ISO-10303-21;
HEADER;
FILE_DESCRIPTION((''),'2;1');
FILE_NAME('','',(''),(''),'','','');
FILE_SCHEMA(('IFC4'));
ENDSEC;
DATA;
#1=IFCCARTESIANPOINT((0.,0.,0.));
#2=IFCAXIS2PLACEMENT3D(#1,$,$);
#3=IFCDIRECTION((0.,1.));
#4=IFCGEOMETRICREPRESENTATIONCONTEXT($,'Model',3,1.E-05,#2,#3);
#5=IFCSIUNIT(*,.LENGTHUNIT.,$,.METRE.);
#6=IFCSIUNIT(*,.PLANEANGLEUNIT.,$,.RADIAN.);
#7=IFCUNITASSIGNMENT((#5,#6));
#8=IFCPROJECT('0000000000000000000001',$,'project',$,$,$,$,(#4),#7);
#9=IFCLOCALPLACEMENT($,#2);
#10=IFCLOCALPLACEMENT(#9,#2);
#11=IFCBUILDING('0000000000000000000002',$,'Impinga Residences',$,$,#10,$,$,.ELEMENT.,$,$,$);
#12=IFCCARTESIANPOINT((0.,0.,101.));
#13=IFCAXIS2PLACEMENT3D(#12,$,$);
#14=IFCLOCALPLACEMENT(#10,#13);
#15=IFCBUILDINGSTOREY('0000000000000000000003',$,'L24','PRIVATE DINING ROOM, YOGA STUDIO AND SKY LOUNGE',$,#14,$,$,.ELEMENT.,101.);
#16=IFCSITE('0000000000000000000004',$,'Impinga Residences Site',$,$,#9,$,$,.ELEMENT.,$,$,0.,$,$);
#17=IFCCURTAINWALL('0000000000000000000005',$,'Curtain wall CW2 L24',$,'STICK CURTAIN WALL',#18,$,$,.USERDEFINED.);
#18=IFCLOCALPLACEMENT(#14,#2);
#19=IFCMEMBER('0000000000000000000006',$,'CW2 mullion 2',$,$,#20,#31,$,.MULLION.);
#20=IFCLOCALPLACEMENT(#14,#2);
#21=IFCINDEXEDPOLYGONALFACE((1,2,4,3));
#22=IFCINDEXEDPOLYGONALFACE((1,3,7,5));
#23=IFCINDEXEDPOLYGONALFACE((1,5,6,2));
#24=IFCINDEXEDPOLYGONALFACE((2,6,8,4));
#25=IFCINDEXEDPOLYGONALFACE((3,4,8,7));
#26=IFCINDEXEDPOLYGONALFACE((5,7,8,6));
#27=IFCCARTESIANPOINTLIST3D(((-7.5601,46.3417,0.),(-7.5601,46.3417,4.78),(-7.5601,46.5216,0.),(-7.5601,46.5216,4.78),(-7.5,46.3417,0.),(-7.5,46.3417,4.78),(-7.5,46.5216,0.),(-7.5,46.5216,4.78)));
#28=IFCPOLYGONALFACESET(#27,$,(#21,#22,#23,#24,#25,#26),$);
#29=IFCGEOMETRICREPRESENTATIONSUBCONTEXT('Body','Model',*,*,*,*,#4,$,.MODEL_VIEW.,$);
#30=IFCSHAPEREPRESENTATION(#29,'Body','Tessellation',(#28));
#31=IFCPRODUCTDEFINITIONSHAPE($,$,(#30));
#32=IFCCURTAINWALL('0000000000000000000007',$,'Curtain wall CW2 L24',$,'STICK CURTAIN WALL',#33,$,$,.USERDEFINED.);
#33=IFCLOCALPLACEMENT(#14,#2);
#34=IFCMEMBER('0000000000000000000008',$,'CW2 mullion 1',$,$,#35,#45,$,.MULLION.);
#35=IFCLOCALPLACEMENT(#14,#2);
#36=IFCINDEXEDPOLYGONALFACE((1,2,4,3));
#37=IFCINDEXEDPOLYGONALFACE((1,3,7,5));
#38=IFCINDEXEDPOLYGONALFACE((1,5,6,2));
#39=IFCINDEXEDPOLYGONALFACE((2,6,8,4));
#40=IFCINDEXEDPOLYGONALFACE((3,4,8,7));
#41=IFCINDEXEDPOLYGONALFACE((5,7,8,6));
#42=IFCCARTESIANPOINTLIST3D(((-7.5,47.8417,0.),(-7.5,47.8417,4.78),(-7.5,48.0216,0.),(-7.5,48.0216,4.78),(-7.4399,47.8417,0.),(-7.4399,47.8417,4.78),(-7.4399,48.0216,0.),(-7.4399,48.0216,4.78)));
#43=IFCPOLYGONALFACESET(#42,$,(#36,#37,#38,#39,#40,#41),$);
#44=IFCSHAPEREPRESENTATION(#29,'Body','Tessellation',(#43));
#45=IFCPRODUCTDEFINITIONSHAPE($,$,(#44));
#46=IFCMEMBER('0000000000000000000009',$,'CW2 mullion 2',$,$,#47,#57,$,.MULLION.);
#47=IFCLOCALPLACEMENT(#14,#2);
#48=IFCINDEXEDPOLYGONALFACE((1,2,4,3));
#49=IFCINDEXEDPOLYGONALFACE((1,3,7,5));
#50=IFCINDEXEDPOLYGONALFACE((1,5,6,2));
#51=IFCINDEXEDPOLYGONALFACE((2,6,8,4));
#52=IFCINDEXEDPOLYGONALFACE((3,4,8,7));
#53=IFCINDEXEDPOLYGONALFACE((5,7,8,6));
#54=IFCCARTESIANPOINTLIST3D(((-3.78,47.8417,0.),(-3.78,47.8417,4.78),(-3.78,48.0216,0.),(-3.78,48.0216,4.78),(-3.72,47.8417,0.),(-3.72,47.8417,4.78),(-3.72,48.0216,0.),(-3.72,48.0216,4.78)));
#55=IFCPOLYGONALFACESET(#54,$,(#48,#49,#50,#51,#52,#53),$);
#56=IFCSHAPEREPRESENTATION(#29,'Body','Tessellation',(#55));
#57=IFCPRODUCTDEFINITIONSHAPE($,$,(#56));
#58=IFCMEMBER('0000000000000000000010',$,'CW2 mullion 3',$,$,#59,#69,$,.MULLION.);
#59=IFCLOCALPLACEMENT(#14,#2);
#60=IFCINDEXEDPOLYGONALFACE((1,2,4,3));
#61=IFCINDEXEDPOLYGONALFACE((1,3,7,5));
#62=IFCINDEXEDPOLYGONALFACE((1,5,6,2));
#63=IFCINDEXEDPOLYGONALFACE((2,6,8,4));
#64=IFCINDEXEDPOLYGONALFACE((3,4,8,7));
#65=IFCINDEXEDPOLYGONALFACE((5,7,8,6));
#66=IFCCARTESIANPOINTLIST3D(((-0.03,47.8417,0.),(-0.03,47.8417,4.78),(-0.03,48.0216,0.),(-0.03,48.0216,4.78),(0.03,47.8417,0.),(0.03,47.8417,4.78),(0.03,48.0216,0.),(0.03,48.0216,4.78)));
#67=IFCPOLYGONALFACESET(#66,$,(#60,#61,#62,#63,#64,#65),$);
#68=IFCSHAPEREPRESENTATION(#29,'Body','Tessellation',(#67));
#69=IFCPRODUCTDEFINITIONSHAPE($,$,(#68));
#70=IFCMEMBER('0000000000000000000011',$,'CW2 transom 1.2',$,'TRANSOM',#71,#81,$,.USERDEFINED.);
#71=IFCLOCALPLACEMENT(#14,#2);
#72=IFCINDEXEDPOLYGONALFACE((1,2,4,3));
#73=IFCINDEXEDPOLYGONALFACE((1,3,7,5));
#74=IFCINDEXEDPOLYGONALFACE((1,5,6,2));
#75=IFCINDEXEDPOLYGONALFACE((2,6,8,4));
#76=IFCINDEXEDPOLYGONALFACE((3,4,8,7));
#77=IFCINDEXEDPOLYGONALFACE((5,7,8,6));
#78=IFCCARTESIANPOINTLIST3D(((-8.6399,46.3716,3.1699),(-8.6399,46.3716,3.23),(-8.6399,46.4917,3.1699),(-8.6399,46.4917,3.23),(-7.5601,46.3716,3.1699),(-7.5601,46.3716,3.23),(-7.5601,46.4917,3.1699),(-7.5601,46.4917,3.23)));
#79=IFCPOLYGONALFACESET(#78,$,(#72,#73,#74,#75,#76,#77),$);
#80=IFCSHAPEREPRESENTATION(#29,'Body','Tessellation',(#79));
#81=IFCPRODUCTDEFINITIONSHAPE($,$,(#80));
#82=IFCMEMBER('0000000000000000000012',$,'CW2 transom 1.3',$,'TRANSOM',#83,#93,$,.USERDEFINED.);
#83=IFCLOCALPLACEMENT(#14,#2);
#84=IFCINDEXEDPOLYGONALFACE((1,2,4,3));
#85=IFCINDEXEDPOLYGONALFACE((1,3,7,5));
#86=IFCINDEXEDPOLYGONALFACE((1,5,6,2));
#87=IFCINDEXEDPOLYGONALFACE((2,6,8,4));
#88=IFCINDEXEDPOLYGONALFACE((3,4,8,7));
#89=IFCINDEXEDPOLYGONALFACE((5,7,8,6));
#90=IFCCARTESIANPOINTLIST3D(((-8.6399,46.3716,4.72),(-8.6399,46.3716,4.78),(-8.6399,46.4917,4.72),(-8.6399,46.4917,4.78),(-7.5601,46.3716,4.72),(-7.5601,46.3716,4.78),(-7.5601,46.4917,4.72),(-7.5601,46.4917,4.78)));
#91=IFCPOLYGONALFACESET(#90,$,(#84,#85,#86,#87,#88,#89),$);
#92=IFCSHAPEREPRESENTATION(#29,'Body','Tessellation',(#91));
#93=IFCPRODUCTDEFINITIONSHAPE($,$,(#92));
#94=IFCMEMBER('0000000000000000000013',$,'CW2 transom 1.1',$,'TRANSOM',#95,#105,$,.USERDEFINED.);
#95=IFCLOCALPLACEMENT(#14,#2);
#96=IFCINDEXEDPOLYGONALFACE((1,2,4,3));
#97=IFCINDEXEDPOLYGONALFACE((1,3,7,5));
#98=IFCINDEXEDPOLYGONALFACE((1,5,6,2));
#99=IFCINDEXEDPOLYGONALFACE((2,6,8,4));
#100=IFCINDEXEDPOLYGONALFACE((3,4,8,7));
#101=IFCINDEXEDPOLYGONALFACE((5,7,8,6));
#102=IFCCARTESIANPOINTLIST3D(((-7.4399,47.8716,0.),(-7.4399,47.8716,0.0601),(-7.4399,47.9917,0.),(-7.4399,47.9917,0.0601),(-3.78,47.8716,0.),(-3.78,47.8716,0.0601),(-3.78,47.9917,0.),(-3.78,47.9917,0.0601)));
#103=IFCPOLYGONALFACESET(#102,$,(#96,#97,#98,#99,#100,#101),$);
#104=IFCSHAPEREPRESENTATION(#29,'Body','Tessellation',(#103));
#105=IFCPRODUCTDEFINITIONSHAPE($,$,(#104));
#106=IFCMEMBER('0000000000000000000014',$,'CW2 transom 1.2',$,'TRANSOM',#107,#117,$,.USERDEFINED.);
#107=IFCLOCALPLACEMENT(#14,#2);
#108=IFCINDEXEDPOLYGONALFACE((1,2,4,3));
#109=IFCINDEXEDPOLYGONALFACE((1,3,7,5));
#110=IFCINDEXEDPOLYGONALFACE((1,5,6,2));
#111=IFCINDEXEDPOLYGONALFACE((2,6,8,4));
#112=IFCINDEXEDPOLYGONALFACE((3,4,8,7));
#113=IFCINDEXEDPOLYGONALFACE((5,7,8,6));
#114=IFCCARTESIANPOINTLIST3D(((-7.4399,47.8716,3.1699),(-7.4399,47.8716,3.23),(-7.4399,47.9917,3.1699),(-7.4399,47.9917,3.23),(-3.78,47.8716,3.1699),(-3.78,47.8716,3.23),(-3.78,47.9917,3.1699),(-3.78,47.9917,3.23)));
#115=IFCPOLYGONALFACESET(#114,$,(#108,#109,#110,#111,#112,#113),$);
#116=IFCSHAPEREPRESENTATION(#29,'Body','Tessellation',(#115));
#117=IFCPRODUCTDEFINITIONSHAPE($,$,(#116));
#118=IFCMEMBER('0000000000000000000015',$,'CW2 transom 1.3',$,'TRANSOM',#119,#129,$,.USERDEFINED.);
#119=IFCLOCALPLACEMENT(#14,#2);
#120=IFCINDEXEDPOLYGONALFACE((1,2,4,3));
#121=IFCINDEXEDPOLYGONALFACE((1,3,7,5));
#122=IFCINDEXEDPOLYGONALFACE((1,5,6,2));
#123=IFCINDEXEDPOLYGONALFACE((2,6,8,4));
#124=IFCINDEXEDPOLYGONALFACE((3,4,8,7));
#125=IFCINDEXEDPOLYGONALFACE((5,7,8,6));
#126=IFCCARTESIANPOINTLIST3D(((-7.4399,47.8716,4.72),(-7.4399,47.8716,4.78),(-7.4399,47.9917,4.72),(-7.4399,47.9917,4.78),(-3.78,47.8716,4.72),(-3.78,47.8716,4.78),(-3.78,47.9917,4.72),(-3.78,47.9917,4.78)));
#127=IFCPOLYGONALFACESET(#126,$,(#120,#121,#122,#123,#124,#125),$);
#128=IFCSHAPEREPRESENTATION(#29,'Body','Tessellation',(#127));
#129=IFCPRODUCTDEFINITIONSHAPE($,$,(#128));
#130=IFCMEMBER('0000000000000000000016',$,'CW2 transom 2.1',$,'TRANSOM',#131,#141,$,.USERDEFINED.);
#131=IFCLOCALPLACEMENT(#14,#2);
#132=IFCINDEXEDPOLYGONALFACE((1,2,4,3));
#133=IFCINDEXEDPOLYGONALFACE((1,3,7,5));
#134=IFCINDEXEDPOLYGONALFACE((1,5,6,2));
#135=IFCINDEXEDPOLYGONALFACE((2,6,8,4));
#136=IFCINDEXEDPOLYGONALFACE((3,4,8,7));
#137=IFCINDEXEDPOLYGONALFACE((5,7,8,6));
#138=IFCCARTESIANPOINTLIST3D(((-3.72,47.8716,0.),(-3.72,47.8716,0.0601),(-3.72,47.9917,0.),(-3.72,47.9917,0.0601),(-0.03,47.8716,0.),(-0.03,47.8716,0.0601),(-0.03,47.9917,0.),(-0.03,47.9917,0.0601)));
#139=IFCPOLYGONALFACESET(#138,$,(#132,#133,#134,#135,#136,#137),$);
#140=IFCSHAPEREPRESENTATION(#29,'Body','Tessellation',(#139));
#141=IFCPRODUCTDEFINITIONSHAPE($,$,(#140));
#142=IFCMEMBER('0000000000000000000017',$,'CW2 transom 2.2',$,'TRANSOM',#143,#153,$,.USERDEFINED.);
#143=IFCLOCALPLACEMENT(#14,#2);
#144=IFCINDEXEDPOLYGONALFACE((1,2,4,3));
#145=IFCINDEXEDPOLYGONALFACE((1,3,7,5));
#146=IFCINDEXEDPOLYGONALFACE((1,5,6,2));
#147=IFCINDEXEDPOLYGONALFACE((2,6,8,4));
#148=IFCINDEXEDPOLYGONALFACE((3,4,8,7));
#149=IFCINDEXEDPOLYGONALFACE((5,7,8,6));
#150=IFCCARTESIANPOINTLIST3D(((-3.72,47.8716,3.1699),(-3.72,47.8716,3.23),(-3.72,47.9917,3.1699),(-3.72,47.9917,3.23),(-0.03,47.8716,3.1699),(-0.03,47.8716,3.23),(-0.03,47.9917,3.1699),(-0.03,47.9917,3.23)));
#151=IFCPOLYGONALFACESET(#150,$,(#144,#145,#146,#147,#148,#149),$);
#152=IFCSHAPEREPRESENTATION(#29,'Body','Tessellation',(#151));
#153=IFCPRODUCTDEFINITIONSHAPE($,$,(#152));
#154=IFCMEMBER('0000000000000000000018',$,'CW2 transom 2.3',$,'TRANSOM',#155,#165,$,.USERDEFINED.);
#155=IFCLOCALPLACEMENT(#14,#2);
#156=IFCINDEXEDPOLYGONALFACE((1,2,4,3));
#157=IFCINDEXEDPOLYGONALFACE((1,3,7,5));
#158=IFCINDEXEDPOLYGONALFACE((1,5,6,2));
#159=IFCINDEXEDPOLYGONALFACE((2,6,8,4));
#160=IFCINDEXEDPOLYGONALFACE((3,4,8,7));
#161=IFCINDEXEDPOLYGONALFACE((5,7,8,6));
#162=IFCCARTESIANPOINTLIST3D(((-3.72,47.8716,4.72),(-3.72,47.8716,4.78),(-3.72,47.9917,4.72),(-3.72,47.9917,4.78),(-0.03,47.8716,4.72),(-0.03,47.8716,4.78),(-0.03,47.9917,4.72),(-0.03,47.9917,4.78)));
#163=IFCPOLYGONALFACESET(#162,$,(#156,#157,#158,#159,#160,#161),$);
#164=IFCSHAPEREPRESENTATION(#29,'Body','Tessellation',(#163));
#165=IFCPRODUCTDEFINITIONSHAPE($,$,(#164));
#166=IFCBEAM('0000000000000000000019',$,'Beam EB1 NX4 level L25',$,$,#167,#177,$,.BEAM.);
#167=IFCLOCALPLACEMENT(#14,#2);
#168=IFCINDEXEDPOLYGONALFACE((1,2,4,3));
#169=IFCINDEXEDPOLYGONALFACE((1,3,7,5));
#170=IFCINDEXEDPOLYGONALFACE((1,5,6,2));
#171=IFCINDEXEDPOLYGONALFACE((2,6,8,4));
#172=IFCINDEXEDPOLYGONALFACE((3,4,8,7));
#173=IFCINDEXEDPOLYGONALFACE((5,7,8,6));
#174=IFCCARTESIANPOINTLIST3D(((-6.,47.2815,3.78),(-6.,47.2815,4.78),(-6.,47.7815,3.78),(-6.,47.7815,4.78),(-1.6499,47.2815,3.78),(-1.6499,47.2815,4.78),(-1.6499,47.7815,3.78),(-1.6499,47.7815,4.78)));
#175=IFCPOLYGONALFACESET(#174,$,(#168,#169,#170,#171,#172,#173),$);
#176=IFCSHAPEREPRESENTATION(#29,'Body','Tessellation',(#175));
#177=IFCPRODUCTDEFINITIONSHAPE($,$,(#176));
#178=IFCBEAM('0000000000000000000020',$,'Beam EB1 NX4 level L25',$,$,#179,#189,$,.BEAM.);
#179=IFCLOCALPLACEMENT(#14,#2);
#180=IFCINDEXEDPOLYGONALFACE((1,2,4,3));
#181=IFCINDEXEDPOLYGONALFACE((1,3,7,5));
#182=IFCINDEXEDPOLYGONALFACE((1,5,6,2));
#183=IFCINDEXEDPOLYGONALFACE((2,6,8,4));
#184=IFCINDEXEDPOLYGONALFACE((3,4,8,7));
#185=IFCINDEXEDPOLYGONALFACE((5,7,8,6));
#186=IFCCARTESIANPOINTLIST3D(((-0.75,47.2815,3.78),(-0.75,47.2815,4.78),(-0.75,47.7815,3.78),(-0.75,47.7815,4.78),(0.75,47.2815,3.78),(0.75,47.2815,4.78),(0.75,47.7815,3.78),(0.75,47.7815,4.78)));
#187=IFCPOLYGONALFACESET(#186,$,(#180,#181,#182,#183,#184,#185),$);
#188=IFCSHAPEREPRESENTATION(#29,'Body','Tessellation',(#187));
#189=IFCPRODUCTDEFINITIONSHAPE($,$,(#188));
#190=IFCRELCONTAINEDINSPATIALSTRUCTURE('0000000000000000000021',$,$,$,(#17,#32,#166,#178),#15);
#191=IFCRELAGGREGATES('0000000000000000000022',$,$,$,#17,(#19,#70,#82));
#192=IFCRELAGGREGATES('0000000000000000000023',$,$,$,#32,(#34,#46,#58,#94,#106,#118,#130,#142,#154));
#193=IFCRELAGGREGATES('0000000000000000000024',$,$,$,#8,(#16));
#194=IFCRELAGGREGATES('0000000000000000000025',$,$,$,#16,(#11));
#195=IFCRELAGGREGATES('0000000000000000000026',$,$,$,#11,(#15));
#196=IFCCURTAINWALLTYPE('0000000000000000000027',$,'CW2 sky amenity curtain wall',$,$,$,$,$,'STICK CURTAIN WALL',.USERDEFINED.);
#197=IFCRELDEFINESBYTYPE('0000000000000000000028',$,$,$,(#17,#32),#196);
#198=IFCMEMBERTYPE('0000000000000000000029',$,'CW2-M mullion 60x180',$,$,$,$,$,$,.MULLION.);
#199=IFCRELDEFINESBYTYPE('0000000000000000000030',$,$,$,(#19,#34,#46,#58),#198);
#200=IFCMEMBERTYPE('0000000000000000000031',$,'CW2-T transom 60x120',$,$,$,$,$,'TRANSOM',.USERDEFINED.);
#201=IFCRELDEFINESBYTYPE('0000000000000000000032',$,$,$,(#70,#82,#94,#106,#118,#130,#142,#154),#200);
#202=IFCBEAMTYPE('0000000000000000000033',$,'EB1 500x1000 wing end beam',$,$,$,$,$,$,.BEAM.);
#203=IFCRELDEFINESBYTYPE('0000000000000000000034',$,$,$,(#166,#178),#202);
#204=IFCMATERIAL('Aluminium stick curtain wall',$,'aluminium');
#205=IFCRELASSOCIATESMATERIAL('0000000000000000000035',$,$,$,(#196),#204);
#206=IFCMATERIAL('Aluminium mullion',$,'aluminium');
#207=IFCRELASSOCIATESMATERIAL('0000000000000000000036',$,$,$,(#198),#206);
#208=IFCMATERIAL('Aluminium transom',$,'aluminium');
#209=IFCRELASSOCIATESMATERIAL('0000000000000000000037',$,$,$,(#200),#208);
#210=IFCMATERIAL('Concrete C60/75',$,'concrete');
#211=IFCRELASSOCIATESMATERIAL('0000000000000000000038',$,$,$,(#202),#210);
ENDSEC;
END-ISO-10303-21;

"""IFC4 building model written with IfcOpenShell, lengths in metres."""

from ifc_helpers import new_model, si_unit, direction, frame, origin, origin_2d, place, context, subcontext, project, spatial, rectangle, extrude, material, material_profile, profile_set, type_object, element, aggregate, save


model = new_model("IFC4")

# Units and contexts
model_context = context("Model", 3, precision=1e-05, world=origin(), true_north=direction((0.0, 1.0)))
body_context = subcontext(model_context, "Body", "Model", "MODEL_VIEW")
ifc_project = project(units=[si_unit("LENGTHUNIT", "METRE"), si_unit("PLANEANGLEUNIT", "RADIAN")], contexts=[model_context])

# Site, building, storey
site_placement = place(None, origin())
site = spatial("IfcSite", under=ifc_project, at=site_placement, Name="Impinga Residences Site", CompositionType="ELEMENT", RefElevation=0.0)
building_placement = place(site_placement, origin())
building = spatial("IfcBuilding", under=site, at=building_placement, Name="Impinga Residences", CompositionType="ELEMENT")
storey_placement = place(building_placement, frame((0.0, 0.0, 101.0)))
storey = spatial("IfcBuildingStorey", under=building, at=storey_placement, Name="L24", Description="PRIVATE DINING ROOM, YOGA STUDIO AND SKY LOUNGE", CompositionType="ELEMENT", Elevation=101.0)

# Curtain wall, member
ifc_material_1 = material(Name="Aluminium stick curtain wall", Category="aluminium")
curtain_wall_type = type_object("IfcCurtainWallType", Name="CW2 sky amenity curtain wall", ElementType="STICK CURTAIN WALL", PredefinedType="USERDEFINED", material=ifc_material_1)
curtain_wall_1_placement = place(storey_placement, origin())
curtain_wall_1 = element("IfcCurtainWall", 1, at=curtain_wall_1_placement, inside=storey, type_object=curtain_wall_type, Name="Curtain wall CW2 L24", ObjectType="STICK CURTAIN WALL", PredefinedType="USERDEFINED")
ifc_material_2 = material(Name="Aluminium mullion", Category="aluminium")
ifc_material_profile_1 = material_profile(ifc_material_2, rectangle(XDim=0.0601, YDim=0.1799, at=origin_2d()), Name="60x180 mullion")
ifc_profile_set_1 = profile_set([ifc_material_profile_1], Name="Aluminium mullion")
member_type_1 = type_object("IfcMemberType", Name="CW2-M mullion 60x180", PredefinedType="MULLION", material=ifc_profile_set_1)
member_1_placement = place(storey_placement, frame((-7.53, 46.4316, 0.0), z_axis=(0.0, 0.0, 1.0), x_axis=(1.0, 0.0, 0.0)))
member_1 = element("IfcMember", 2, at=member_1_placement, type_object=member_type_1, Name="CW2 mullion 2", PredefinedType="MULLION", context=body_context, shape_type="SweptSolid", body=[
    extrude(rectangle(XDim=0.0601, YDim=0.1799, at=origin_2d()), origin(), (0.0, 0.0, 1.0), 4.78),
])

# Curtain wall, members
curtain_wall_2_placement = place(storey_placement, origin())
curtain_wall_2 = element("IfcCurtainWall", 3, at=curtain_wall_2_placement, inside=storey, type_object=curtain_wall_type, Name="Curtain wall CW2 L24", ObjectType="STICK CURTAIN WALL", PredefinedType="USERDEFINED")
member_2_placement = place(storey_placement, frame((-7.47, 47.9316, 0.0), z_axis=(0.0, 0.0, 1.0), x_axis=(1.0, 0.0, 0.0)))
member_2 = element("IfcMember", 4, at=member_2_placement, type_object=member_type_1, Name="CW2 mullion 1", PredefinedType="MULLION", context=body_context, shape_type="SweptSolid", body=[
    extrude(rectangle(XDim=0.0601, YDim=0.1799, at=origin_2d()), origin(), (0.0, 0.0, 1.0), 4.78),
])
member_3_placement = place(storey_placement, frame((-3.75, 47.9316, 0.0), z_axis=(0.0, 0.0, 1.0), x_axis=(1.0, 0.0, 0.0)))
member_3 = element("IfcMember", 5, at=member_3_placement, type_object=member_type_1, Name="CW2 mullion 2", PredefinedType="MULLION", context=body_context, shape_type="SweptSolid", body=[
    extrude(rectangle(XDim=0.0601, YDim=0.1799, at=origin_2d()), origin(), (0.0, 0.0, 1.0), 4.78),
])
member_4_placement = place(storey_placement, frame((0.0, 47.9316, 0.0), z_axis=(0.0, 0.0, 1.0), x_axis=(1.0, 0.0, 0.0)))
member_4 = element("IfcMember", 6, at=member_4_placement, type_object=member_type_1, Name="CW2 mullion 3", PredefinedType="MULLION", context=body_context, shape_type="SweptSolid", body=[
    extrude(rectangle(XDim=0.0601, YDim=0.1799, at=origin_2d()), origin(), (0.0, 0.0, 1.0), 4.78),
])

# Members
ifc_material_3 = material(Name="Aluminium transom", Category="aluminium")
ifc_material_profile_2 = material_profile(ifc_material_3, rectangle(XDim=0.0601, YDim=0.1201, at=origin_2d()), Name="60x120 transom")
ifc_profile_set_2 = profile_set([ifc_material_profile_2], Name="Aluminium transom")
member_type_2 = type_object("IfcMemberType", Name="CW2-T transom 60x120", ElementType="TRANSOM", PredefinedType="USERDEFINED", material=ifc_profile_set_2)
member_5_placement = place(storey_placement, frame((-8.6399, 46.4316, 3.2), z_axis=(1.0, 0.0, 0.0), x_axis=(0.0, 0.0, 1.0)))
member_5 = element("IfcMember", 7, at=member_5_placement, type_object=member_type_2, Name="CW2 transom 1.2", ObjectType="TRANSOM", PredefinedType="USERDEFINED", context=body_context, shape_type="SweptSolid", body=[
    extrude(rectangle(XDim=0.0601, YDim=0.1201, at=origin_2d()), origin(), (0.0, 0.0, 1.0), 1.0798),
])
member_6_placement = place(storey_placement, frame((-8.6399, 46.4316, 4.75), z_axis=(1.0, 0.0, 0.0), x_axis=(0.0, 0.0, 1.0)))
member_6 = element("IfcMember", 8, at=member_6_placement, type_object=member_type_2, Name="CW2 transom 1.3", ObjectType="TRANSOM", PredefinedType="USERDEFINED", context=body_context, shape_type="SweptSolid", body=[
    extrude(rectangle(XDim=0.0601, YDim=0.1201, at=origin_2d()), origin(), (0.0, 0.0, 1.0), 1.0798),
])
member_7_placement = place(storey_placement, frame((-7.4399, 47.9316, 0.03), z_axis=(1.0, 0.0, 0.0), x_axis=(0.0, 0.0, 1.0)))
member_7 = element("IfcMember", 9, at=member_7_placement, type_object=member_type_2, Name="CW2 transom 1.1", ObjectType="TRANSOM", PredefinedType="USERDEFINED", context=body_context, shape_type="SweptSolid", body=[
    extrude(rectangle(XDim=0.0601, YDim=0.1201, at=origin_2d()), origin(), (0.0, 0.0, 1.0), 3.6599),
])
member_8_placement = place(storey_placement, frame((-7.4399, 47.9316, 3.2), z_axis=(1.0, 0.0, 0.0), x_axis=(0.0, 0.0, 1.0)))
member_8 = element("IfcMember", 10, at=member_8_placement, type_object=member_type_2, Name="CW2 transom 1.2", ObjectType="TRANSOM", PredefinedType="USERDEFINED", context=body_context, shape_type="SweptSolid", body=[
    extrude(rectangle(XDim=0.0601, YDim=0.1201, at=origin_2d()), origin(), (0.0, 0.0, 1.0), 3.6599),
])
member_9_placement = place(storey_placement, frame((-7.4399, 47.9316, 4.75), z_axis=(1.0, 0.0, 0.0), x_axis=(0.0, 0.0, 1.0)))
member_9 = element("IfcMember", 11, at=member_9_placement, type_object=member_type_2, Name="CW2 transom 1.3", ObjectType="TRANSOM", PredefinedType="USERDEFINED", context=body_context, shape_type="SweptSolid", body=[
    extrude(rectangle(XDim=0.0601, YDim=0.1201, at=origin_2d()), origin(), (0.0, 0.0, 1.0), 3.6599),
])
member_10_placement = place(storey_placement, frame((-3.72, 47.9316, 0.03), z_axis=(1.0, 0.0, 0.0), x_axis=(0.0, 0.0, 1.0)))
member_10 = element("IfcMember", 12, at=member_10_placement, type_object=member_type_2, Name="CW2 transom 2.1", ObjectType="TRANSOM", PredefinedType="USERDEFINED", context=body_context, shape_type="SweptSolid", body=[
    extrude(rectangle(XDim=0.0601, YDim=0.1201, at=origin_2d()), origin(), (0.0, 0.0, 1.0), 3.6899),
])
member_11_placement = place(storey_placement, frame((-3.72, 47.9316, 3.2), z_axis=(1.0, 0.0, 0.0), x_axis=(0.0, 0.0, 1.0)))
member_11 = element("IfcMember", 13, at=member_11_placement, type_object=member_type_2, Name="CW2 transom 2.2", ObjectType="TRANSOM", PredefinedType="USERDEFINED", context=body_context, shape_type="SweptSolid", body=[
    extrude(rectangle(XDim=0.0601, YDim=0.1201, at=origin_2d()), origin(), (0.0, 0.0, 1.0), 3.6899),
])
member_12_placement = place(storey_placement, frame((-3.72, 47.9316, 4.75), z_axis=(1.0, 0.0, 0.0), x_axis=(0.0, 0.0, 1.0)))
member_12 = element("IfcMember", 14, at=member_12_placement, type_object=member_type_2, Name="CW2 transom 2.3", ObjectType="TRANSOM", PredefinedType="USERDEFINED", context=body_context, shape_type="SweptSolid", body=[
    extrude(rectangle(XDim=0.0601, YDim=0.1201, at=origin_2d()), origin(), (0.0, 0.0, 1.0), 3.6899),
])

# Beams
ifc_material_4 = material(Name="Concrete C60/75", Category="concrete")
ifc_material_profile_3 = material_profile(ifc_material_4, rectangle(XDim=0.5, YDim=1.0, at=origin_2d()), Name="RC 500x1000")
ifc_profile_set_3 = profile_set([ifc_material_profile_3], Name="Concrete C60/75")
beam_type = type_object("IfcBeamType", Name="EB1 500x1000 wing end beam", PredefinedType="BEAM", material=ifc_profile_set_3)
beam_1_placement = place(storey_placement, frame((-6.0, 47.5315, 4.28), z_axis=(1.0, 0.0, 0.0), x_axis=(0.0, 1.0, 0.0)))
element("IfcBeam", 15, at=beam_1_placement, inside=storey, type_object=beam_type, Name="Beam EB1 NX4 level L25", PredefinedType="BEAM", context=body_context, shape_type="SweptSolid", body=[
    extrude(rectangle(XDim=0.5, YDim=1.0, at=origin_2d()), origin(), (0.0, 0.0, 1.0), 4.3501),
])
beam_2_placement = place(storey_placement, frame((-0.75, 47.5315, 4.28), z_axis=(1.0, 0.0, 0.0), x_axis=(0.0, 1.0, 0.0)))
element("IfcBeam", 16, at=beam_2_placement, inside=storey, type_object=beam_type, Name="Beam EB1 NX4 level L25", PredefinedType="BEAM", context=body_context, shape_type="SweptSolid", body=[
    extrude(rectangle(XDim=0.5, YDim=1.0, at=origin_2d()), origin(), (0.0, 0.0, 1.0), 1.5),
])

aggregate(curtain_wall_1, [member_1, member_5, member_6])
aggregate(curtain_wall_2, [member_2, member_3, member_4, member_7, member_8, member_9, member_10, member_11, member_12])

save(model, "model.ifc")
